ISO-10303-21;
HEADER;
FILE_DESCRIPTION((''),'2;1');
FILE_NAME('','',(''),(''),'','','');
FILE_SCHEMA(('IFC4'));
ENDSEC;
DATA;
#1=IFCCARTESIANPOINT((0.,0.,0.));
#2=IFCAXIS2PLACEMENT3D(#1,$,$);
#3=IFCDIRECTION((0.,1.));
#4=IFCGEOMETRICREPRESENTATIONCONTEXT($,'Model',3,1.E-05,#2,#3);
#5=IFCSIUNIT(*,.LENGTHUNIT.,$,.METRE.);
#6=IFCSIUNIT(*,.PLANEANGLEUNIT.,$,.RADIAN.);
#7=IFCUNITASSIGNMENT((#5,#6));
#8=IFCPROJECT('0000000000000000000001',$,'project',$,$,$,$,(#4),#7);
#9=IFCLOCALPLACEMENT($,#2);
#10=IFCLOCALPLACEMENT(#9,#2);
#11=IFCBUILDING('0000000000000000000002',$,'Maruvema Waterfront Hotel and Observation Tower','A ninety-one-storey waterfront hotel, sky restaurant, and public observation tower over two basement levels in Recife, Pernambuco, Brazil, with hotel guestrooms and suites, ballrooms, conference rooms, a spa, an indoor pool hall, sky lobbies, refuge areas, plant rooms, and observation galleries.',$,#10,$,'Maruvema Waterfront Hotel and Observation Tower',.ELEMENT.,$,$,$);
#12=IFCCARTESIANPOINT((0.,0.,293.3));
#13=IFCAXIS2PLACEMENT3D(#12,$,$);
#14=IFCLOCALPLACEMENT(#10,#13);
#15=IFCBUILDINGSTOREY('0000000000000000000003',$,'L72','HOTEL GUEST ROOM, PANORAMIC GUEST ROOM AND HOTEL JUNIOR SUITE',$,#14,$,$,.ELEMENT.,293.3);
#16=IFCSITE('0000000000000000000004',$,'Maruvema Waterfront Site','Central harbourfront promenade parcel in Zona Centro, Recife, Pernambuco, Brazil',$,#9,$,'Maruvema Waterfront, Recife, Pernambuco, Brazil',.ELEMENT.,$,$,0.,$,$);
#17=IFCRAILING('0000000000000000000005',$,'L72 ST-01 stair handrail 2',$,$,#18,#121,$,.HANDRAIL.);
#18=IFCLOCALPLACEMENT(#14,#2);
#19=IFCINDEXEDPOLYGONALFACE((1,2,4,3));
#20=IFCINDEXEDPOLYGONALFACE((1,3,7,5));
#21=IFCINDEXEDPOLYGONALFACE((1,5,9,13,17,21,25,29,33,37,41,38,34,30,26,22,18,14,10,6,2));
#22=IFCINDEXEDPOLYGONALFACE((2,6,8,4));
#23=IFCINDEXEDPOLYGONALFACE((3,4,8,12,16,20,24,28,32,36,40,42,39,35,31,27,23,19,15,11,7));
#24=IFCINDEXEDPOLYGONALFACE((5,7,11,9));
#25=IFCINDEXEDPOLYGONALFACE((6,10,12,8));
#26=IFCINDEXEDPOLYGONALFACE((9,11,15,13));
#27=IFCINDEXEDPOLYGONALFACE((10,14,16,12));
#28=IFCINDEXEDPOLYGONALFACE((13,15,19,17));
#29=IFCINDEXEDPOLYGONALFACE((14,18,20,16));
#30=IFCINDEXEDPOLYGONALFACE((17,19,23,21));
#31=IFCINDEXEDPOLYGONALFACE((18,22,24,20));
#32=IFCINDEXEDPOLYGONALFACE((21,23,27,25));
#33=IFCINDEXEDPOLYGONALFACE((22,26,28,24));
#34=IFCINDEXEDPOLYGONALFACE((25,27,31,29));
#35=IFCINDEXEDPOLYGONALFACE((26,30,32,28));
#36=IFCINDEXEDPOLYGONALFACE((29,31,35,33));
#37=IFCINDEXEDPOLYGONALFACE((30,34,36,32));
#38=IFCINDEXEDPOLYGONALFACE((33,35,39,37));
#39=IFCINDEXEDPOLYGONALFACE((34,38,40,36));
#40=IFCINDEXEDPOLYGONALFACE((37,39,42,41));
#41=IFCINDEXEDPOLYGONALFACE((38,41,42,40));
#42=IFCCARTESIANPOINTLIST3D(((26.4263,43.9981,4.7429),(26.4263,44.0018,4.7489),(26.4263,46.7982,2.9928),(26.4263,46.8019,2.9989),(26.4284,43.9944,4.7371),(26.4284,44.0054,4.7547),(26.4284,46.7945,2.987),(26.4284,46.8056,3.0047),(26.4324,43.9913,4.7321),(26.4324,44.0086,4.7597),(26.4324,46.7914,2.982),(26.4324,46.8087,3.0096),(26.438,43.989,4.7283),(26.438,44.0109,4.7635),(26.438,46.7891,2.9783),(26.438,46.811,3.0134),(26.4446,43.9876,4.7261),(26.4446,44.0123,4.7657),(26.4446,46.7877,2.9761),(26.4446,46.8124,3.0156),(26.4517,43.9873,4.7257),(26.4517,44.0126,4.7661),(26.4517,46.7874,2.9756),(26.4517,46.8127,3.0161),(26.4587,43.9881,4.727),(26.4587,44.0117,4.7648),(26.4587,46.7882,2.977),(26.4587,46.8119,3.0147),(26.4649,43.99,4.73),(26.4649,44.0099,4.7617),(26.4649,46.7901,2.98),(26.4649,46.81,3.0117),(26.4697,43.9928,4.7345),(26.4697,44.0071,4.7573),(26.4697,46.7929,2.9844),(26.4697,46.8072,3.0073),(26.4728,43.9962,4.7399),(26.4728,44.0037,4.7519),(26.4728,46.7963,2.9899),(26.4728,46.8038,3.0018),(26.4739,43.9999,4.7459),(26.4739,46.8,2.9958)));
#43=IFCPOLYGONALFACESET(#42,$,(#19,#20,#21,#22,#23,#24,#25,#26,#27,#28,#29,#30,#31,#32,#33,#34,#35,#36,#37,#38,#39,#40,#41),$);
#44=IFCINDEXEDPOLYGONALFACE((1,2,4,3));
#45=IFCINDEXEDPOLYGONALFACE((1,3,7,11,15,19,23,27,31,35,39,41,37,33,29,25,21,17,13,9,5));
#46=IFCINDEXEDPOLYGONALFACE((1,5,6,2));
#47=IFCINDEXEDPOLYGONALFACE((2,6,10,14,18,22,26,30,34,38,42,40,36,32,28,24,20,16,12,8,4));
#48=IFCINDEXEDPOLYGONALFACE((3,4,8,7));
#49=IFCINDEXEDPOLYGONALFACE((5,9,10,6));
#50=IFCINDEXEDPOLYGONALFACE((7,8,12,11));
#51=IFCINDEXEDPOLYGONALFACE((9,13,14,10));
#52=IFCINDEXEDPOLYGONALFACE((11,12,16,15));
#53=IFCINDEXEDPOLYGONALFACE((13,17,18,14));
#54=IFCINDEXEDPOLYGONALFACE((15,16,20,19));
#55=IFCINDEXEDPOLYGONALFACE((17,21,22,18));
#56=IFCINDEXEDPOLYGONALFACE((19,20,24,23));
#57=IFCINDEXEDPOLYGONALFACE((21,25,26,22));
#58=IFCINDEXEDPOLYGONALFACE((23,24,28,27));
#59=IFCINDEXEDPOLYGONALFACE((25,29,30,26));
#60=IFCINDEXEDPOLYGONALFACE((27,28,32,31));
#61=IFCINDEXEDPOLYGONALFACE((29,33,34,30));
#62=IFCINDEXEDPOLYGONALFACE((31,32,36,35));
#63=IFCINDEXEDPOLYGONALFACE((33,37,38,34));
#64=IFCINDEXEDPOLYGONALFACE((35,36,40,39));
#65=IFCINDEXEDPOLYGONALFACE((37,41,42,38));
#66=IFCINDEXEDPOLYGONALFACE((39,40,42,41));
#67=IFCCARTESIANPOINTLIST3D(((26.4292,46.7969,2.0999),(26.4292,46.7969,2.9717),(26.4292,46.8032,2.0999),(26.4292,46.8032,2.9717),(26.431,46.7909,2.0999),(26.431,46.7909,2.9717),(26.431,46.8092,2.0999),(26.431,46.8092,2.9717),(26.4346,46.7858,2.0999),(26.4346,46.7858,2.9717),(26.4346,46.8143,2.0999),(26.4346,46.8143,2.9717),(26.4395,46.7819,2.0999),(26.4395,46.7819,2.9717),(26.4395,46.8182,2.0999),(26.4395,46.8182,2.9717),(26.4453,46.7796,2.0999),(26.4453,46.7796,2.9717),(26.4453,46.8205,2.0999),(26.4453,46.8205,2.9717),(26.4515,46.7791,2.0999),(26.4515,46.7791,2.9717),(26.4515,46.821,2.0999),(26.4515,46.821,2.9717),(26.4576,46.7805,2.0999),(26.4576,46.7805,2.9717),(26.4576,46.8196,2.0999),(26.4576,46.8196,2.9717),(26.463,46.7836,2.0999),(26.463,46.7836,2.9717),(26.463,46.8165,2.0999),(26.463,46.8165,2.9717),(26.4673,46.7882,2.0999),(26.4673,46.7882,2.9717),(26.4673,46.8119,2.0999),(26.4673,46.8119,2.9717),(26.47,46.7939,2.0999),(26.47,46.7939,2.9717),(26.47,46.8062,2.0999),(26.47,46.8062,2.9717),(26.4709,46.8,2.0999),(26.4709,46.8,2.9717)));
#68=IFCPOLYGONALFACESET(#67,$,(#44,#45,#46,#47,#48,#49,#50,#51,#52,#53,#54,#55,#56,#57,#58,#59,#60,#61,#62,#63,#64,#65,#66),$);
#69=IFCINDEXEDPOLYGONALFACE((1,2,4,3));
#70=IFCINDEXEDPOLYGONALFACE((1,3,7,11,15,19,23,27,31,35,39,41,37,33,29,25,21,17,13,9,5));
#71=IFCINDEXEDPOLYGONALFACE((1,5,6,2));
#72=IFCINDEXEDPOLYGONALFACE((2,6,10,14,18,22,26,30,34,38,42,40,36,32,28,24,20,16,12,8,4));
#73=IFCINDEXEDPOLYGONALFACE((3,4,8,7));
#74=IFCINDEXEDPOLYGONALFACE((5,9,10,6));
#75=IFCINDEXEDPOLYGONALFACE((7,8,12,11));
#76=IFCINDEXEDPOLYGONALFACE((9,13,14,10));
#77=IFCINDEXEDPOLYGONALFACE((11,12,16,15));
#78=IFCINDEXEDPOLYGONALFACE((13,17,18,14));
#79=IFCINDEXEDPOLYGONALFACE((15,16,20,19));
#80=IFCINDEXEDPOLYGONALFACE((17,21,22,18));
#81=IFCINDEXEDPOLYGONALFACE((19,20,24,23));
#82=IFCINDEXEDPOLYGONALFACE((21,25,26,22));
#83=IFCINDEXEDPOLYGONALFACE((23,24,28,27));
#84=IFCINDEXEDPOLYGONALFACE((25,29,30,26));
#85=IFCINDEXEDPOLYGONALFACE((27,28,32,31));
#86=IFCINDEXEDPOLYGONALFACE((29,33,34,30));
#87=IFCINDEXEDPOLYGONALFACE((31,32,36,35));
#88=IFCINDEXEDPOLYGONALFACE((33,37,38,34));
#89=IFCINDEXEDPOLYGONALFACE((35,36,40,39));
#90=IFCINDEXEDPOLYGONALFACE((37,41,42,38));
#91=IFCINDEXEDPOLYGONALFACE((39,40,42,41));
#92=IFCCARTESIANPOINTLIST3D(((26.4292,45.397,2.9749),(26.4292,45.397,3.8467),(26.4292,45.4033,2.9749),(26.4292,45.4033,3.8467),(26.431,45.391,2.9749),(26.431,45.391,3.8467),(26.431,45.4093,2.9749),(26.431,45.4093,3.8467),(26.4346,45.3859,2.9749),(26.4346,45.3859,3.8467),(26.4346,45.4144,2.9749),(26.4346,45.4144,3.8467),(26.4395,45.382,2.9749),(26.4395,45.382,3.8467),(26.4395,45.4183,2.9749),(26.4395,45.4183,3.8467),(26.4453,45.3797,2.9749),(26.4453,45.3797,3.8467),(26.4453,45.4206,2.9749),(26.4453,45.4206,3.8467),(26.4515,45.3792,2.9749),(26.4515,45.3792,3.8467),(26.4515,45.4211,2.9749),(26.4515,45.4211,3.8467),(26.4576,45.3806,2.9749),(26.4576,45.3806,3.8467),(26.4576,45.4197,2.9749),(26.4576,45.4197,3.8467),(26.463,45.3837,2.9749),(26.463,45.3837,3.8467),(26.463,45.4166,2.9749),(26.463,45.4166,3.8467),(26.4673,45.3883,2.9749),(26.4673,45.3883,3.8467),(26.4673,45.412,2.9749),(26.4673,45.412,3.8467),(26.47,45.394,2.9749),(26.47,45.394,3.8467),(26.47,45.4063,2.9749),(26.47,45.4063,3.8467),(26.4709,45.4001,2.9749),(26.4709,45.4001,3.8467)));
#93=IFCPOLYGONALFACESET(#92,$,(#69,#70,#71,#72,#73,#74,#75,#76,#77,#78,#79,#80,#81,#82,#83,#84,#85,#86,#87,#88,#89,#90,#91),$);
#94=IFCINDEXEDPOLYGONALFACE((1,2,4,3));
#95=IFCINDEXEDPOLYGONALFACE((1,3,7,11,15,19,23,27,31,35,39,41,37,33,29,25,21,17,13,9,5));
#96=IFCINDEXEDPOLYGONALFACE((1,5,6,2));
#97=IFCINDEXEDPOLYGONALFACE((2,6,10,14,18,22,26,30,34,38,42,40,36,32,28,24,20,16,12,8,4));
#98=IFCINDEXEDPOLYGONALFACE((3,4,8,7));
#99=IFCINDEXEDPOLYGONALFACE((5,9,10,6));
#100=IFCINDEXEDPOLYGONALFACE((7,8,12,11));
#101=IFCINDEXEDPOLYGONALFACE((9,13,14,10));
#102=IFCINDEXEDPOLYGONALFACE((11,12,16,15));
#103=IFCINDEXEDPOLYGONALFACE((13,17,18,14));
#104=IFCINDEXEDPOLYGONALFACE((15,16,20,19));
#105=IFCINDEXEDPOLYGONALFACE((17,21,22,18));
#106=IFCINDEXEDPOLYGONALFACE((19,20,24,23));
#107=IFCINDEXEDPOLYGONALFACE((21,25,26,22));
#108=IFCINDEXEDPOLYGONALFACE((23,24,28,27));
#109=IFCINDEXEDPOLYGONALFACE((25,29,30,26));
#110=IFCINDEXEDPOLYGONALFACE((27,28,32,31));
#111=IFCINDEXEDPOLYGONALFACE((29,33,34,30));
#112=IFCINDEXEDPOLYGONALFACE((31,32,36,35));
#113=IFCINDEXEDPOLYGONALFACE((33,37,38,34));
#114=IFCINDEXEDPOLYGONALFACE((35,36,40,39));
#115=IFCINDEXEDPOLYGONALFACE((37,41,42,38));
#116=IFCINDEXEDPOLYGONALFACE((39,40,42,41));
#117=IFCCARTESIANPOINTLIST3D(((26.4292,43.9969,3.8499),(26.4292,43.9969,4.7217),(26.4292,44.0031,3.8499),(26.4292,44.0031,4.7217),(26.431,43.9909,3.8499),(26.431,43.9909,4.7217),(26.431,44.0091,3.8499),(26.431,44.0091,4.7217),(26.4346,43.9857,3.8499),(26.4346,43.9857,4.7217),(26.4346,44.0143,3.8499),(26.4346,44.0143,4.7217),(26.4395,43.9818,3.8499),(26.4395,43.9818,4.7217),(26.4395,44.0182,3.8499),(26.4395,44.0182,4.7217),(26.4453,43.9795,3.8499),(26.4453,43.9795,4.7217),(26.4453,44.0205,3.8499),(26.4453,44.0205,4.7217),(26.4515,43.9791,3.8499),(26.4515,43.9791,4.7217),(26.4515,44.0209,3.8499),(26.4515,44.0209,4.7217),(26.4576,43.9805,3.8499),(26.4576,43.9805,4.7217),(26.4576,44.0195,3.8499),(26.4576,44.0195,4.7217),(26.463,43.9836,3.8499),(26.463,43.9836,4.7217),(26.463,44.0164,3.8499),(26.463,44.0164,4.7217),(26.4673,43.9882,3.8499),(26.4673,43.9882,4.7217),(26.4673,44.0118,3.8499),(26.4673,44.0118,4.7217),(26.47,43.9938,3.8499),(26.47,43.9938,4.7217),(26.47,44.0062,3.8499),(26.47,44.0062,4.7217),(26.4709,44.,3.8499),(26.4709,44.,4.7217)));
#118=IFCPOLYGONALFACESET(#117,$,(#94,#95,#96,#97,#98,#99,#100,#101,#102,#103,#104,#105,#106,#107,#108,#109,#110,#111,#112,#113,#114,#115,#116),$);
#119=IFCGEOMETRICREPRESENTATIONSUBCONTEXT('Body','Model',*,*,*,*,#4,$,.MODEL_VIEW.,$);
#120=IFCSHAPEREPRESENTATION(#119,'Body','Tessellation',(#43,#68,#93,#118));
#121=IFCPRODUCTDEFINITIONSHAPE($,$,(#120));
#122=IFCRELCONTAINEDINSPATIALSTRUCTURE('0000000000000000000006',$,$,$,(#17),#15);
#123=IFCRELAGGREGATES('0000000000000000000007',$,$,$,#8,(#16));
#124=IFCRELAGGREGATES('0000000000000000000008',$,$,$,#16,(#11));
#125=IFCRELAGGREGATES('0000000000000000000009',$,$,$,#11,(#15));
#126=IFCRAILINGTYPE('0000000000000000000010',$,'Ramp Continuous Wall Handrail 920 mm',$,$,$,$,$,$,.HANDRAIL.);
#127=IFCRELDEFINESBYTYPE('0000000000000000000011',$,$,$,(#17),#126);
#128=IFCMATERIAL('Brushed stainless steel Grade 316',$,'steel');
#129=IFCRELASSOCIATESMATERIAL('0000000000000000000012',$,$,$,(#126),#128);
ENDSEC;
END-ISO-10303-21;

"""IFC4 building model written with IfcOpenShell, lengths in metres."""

from ifc_helpers import new_model, si_unit, direction, frame, origin, origin_2d, place, context, subcontext, project, spatial, circle, extrude, material, type_object, element, save


model = new_model("IFC4")

# Units and contexts
model_context = context("Model", 3, precision=1e-05, world=origin(), true_north=direction((0.0, 1.0)))
body_context = subcontext(model_context, "Body", "Model", "MODEL_VIEW")
ifc_project = project(units=[si_unit("LENGTHUNIT", "METRE"), si_unit("PLANEANGLEUNIT", "RADIAN")], contexts=[model_context])

# Site, building, storey
site_placement = place(None, origin())
site = spatial("IfcSite", under=ifc_project, at=site_placement, Name="Maruvema Waterfront Site", Description="Central harbourfront promenade parcel in Zona Centro, Recife, Pernambuco, Brazil", LongName="Maruvema Waterfront, Recife, Pernambuco, Brazil", CompositionType="ELEMENT", RefElevation=0.0)
building_placement = place(site_placement, origin())
building = spatial("IfcBuilding", under=site, at=building_placement, Name="Maruvema Waterfront Hotel and Observation Tower", Description="A ninety-one-storey waterfront hotel, sky restaurant, and public observation tower over two basement levels in Recife, Pernambuco, Brazil, with hotel guestrooms and suites, ballrooms, conference rooms, a spa, an indoor pool hall, sky lobbies, refuge areas, plant rooms, and observation galleries.", LongName="Maruvema Waterfront Hotel and Observation Tower", CompositionType="ELEMENT")
storey_placement = place(building_placement, frame((0.0, 0.0, 293.3)))
storey = spatial("IfcBuildingStorey", under=building, at=storey_placement, Name="L72", Description="HOTEL GUEST ROOM, PANORAMIC GUEST ROOM AND HOTEL JUNIOR SUITE", CompositionType="ELEMENT", Elevation=293.3)

# Railing
ifc_material_1 = material(Name="Brushed stainless steel Grade 316", Category="steel")
railing_type_1 = type_object("IfcRailingType", Name="Ramp Continuous Wall Handrail 920 mm", PredefinedType="HANDRAIL", material=ifc_material_1)
railing_1_placement = place(storey_placement, frame((26.45, 46.8, 2.0999)))
element("IfcRailing", 1, at=railing_1_placement, inside=storey, type_object=railing_type_1, Name="L72 ST-01 stair handrail 2", PredefinedType="HANDRAIL", context=body_context, shape_type="SweptSolid", body=[
    extrude(circle(Radius=0.0239, at=origin_2d()), frame((0.0, 0.0, 0.896), z_axis=(0.0, -0.848002, 0.529992), x_axis=(1.0, 0.0, 0.0)), (0.0, 0.0, 1.0), 3.302),
    extrude(circle(Radius=0.021, at=origin_2d()), origin(), (0.0, 0.0, 1.0), 0.8718),
    extrude(circle(Radius=0.021, at=origin_2d()), frame((0.0, -1.3999, 0.875)), (0.0, 0.0, 1.0), 0.8718),
    extrude(circle(Radius=0.021, at=origin_2d()), frame((0.0, -2.8, 1.75)), (0.0, 0.0, 1.0), 0.8718),
])

save(model, "model.ifc")
